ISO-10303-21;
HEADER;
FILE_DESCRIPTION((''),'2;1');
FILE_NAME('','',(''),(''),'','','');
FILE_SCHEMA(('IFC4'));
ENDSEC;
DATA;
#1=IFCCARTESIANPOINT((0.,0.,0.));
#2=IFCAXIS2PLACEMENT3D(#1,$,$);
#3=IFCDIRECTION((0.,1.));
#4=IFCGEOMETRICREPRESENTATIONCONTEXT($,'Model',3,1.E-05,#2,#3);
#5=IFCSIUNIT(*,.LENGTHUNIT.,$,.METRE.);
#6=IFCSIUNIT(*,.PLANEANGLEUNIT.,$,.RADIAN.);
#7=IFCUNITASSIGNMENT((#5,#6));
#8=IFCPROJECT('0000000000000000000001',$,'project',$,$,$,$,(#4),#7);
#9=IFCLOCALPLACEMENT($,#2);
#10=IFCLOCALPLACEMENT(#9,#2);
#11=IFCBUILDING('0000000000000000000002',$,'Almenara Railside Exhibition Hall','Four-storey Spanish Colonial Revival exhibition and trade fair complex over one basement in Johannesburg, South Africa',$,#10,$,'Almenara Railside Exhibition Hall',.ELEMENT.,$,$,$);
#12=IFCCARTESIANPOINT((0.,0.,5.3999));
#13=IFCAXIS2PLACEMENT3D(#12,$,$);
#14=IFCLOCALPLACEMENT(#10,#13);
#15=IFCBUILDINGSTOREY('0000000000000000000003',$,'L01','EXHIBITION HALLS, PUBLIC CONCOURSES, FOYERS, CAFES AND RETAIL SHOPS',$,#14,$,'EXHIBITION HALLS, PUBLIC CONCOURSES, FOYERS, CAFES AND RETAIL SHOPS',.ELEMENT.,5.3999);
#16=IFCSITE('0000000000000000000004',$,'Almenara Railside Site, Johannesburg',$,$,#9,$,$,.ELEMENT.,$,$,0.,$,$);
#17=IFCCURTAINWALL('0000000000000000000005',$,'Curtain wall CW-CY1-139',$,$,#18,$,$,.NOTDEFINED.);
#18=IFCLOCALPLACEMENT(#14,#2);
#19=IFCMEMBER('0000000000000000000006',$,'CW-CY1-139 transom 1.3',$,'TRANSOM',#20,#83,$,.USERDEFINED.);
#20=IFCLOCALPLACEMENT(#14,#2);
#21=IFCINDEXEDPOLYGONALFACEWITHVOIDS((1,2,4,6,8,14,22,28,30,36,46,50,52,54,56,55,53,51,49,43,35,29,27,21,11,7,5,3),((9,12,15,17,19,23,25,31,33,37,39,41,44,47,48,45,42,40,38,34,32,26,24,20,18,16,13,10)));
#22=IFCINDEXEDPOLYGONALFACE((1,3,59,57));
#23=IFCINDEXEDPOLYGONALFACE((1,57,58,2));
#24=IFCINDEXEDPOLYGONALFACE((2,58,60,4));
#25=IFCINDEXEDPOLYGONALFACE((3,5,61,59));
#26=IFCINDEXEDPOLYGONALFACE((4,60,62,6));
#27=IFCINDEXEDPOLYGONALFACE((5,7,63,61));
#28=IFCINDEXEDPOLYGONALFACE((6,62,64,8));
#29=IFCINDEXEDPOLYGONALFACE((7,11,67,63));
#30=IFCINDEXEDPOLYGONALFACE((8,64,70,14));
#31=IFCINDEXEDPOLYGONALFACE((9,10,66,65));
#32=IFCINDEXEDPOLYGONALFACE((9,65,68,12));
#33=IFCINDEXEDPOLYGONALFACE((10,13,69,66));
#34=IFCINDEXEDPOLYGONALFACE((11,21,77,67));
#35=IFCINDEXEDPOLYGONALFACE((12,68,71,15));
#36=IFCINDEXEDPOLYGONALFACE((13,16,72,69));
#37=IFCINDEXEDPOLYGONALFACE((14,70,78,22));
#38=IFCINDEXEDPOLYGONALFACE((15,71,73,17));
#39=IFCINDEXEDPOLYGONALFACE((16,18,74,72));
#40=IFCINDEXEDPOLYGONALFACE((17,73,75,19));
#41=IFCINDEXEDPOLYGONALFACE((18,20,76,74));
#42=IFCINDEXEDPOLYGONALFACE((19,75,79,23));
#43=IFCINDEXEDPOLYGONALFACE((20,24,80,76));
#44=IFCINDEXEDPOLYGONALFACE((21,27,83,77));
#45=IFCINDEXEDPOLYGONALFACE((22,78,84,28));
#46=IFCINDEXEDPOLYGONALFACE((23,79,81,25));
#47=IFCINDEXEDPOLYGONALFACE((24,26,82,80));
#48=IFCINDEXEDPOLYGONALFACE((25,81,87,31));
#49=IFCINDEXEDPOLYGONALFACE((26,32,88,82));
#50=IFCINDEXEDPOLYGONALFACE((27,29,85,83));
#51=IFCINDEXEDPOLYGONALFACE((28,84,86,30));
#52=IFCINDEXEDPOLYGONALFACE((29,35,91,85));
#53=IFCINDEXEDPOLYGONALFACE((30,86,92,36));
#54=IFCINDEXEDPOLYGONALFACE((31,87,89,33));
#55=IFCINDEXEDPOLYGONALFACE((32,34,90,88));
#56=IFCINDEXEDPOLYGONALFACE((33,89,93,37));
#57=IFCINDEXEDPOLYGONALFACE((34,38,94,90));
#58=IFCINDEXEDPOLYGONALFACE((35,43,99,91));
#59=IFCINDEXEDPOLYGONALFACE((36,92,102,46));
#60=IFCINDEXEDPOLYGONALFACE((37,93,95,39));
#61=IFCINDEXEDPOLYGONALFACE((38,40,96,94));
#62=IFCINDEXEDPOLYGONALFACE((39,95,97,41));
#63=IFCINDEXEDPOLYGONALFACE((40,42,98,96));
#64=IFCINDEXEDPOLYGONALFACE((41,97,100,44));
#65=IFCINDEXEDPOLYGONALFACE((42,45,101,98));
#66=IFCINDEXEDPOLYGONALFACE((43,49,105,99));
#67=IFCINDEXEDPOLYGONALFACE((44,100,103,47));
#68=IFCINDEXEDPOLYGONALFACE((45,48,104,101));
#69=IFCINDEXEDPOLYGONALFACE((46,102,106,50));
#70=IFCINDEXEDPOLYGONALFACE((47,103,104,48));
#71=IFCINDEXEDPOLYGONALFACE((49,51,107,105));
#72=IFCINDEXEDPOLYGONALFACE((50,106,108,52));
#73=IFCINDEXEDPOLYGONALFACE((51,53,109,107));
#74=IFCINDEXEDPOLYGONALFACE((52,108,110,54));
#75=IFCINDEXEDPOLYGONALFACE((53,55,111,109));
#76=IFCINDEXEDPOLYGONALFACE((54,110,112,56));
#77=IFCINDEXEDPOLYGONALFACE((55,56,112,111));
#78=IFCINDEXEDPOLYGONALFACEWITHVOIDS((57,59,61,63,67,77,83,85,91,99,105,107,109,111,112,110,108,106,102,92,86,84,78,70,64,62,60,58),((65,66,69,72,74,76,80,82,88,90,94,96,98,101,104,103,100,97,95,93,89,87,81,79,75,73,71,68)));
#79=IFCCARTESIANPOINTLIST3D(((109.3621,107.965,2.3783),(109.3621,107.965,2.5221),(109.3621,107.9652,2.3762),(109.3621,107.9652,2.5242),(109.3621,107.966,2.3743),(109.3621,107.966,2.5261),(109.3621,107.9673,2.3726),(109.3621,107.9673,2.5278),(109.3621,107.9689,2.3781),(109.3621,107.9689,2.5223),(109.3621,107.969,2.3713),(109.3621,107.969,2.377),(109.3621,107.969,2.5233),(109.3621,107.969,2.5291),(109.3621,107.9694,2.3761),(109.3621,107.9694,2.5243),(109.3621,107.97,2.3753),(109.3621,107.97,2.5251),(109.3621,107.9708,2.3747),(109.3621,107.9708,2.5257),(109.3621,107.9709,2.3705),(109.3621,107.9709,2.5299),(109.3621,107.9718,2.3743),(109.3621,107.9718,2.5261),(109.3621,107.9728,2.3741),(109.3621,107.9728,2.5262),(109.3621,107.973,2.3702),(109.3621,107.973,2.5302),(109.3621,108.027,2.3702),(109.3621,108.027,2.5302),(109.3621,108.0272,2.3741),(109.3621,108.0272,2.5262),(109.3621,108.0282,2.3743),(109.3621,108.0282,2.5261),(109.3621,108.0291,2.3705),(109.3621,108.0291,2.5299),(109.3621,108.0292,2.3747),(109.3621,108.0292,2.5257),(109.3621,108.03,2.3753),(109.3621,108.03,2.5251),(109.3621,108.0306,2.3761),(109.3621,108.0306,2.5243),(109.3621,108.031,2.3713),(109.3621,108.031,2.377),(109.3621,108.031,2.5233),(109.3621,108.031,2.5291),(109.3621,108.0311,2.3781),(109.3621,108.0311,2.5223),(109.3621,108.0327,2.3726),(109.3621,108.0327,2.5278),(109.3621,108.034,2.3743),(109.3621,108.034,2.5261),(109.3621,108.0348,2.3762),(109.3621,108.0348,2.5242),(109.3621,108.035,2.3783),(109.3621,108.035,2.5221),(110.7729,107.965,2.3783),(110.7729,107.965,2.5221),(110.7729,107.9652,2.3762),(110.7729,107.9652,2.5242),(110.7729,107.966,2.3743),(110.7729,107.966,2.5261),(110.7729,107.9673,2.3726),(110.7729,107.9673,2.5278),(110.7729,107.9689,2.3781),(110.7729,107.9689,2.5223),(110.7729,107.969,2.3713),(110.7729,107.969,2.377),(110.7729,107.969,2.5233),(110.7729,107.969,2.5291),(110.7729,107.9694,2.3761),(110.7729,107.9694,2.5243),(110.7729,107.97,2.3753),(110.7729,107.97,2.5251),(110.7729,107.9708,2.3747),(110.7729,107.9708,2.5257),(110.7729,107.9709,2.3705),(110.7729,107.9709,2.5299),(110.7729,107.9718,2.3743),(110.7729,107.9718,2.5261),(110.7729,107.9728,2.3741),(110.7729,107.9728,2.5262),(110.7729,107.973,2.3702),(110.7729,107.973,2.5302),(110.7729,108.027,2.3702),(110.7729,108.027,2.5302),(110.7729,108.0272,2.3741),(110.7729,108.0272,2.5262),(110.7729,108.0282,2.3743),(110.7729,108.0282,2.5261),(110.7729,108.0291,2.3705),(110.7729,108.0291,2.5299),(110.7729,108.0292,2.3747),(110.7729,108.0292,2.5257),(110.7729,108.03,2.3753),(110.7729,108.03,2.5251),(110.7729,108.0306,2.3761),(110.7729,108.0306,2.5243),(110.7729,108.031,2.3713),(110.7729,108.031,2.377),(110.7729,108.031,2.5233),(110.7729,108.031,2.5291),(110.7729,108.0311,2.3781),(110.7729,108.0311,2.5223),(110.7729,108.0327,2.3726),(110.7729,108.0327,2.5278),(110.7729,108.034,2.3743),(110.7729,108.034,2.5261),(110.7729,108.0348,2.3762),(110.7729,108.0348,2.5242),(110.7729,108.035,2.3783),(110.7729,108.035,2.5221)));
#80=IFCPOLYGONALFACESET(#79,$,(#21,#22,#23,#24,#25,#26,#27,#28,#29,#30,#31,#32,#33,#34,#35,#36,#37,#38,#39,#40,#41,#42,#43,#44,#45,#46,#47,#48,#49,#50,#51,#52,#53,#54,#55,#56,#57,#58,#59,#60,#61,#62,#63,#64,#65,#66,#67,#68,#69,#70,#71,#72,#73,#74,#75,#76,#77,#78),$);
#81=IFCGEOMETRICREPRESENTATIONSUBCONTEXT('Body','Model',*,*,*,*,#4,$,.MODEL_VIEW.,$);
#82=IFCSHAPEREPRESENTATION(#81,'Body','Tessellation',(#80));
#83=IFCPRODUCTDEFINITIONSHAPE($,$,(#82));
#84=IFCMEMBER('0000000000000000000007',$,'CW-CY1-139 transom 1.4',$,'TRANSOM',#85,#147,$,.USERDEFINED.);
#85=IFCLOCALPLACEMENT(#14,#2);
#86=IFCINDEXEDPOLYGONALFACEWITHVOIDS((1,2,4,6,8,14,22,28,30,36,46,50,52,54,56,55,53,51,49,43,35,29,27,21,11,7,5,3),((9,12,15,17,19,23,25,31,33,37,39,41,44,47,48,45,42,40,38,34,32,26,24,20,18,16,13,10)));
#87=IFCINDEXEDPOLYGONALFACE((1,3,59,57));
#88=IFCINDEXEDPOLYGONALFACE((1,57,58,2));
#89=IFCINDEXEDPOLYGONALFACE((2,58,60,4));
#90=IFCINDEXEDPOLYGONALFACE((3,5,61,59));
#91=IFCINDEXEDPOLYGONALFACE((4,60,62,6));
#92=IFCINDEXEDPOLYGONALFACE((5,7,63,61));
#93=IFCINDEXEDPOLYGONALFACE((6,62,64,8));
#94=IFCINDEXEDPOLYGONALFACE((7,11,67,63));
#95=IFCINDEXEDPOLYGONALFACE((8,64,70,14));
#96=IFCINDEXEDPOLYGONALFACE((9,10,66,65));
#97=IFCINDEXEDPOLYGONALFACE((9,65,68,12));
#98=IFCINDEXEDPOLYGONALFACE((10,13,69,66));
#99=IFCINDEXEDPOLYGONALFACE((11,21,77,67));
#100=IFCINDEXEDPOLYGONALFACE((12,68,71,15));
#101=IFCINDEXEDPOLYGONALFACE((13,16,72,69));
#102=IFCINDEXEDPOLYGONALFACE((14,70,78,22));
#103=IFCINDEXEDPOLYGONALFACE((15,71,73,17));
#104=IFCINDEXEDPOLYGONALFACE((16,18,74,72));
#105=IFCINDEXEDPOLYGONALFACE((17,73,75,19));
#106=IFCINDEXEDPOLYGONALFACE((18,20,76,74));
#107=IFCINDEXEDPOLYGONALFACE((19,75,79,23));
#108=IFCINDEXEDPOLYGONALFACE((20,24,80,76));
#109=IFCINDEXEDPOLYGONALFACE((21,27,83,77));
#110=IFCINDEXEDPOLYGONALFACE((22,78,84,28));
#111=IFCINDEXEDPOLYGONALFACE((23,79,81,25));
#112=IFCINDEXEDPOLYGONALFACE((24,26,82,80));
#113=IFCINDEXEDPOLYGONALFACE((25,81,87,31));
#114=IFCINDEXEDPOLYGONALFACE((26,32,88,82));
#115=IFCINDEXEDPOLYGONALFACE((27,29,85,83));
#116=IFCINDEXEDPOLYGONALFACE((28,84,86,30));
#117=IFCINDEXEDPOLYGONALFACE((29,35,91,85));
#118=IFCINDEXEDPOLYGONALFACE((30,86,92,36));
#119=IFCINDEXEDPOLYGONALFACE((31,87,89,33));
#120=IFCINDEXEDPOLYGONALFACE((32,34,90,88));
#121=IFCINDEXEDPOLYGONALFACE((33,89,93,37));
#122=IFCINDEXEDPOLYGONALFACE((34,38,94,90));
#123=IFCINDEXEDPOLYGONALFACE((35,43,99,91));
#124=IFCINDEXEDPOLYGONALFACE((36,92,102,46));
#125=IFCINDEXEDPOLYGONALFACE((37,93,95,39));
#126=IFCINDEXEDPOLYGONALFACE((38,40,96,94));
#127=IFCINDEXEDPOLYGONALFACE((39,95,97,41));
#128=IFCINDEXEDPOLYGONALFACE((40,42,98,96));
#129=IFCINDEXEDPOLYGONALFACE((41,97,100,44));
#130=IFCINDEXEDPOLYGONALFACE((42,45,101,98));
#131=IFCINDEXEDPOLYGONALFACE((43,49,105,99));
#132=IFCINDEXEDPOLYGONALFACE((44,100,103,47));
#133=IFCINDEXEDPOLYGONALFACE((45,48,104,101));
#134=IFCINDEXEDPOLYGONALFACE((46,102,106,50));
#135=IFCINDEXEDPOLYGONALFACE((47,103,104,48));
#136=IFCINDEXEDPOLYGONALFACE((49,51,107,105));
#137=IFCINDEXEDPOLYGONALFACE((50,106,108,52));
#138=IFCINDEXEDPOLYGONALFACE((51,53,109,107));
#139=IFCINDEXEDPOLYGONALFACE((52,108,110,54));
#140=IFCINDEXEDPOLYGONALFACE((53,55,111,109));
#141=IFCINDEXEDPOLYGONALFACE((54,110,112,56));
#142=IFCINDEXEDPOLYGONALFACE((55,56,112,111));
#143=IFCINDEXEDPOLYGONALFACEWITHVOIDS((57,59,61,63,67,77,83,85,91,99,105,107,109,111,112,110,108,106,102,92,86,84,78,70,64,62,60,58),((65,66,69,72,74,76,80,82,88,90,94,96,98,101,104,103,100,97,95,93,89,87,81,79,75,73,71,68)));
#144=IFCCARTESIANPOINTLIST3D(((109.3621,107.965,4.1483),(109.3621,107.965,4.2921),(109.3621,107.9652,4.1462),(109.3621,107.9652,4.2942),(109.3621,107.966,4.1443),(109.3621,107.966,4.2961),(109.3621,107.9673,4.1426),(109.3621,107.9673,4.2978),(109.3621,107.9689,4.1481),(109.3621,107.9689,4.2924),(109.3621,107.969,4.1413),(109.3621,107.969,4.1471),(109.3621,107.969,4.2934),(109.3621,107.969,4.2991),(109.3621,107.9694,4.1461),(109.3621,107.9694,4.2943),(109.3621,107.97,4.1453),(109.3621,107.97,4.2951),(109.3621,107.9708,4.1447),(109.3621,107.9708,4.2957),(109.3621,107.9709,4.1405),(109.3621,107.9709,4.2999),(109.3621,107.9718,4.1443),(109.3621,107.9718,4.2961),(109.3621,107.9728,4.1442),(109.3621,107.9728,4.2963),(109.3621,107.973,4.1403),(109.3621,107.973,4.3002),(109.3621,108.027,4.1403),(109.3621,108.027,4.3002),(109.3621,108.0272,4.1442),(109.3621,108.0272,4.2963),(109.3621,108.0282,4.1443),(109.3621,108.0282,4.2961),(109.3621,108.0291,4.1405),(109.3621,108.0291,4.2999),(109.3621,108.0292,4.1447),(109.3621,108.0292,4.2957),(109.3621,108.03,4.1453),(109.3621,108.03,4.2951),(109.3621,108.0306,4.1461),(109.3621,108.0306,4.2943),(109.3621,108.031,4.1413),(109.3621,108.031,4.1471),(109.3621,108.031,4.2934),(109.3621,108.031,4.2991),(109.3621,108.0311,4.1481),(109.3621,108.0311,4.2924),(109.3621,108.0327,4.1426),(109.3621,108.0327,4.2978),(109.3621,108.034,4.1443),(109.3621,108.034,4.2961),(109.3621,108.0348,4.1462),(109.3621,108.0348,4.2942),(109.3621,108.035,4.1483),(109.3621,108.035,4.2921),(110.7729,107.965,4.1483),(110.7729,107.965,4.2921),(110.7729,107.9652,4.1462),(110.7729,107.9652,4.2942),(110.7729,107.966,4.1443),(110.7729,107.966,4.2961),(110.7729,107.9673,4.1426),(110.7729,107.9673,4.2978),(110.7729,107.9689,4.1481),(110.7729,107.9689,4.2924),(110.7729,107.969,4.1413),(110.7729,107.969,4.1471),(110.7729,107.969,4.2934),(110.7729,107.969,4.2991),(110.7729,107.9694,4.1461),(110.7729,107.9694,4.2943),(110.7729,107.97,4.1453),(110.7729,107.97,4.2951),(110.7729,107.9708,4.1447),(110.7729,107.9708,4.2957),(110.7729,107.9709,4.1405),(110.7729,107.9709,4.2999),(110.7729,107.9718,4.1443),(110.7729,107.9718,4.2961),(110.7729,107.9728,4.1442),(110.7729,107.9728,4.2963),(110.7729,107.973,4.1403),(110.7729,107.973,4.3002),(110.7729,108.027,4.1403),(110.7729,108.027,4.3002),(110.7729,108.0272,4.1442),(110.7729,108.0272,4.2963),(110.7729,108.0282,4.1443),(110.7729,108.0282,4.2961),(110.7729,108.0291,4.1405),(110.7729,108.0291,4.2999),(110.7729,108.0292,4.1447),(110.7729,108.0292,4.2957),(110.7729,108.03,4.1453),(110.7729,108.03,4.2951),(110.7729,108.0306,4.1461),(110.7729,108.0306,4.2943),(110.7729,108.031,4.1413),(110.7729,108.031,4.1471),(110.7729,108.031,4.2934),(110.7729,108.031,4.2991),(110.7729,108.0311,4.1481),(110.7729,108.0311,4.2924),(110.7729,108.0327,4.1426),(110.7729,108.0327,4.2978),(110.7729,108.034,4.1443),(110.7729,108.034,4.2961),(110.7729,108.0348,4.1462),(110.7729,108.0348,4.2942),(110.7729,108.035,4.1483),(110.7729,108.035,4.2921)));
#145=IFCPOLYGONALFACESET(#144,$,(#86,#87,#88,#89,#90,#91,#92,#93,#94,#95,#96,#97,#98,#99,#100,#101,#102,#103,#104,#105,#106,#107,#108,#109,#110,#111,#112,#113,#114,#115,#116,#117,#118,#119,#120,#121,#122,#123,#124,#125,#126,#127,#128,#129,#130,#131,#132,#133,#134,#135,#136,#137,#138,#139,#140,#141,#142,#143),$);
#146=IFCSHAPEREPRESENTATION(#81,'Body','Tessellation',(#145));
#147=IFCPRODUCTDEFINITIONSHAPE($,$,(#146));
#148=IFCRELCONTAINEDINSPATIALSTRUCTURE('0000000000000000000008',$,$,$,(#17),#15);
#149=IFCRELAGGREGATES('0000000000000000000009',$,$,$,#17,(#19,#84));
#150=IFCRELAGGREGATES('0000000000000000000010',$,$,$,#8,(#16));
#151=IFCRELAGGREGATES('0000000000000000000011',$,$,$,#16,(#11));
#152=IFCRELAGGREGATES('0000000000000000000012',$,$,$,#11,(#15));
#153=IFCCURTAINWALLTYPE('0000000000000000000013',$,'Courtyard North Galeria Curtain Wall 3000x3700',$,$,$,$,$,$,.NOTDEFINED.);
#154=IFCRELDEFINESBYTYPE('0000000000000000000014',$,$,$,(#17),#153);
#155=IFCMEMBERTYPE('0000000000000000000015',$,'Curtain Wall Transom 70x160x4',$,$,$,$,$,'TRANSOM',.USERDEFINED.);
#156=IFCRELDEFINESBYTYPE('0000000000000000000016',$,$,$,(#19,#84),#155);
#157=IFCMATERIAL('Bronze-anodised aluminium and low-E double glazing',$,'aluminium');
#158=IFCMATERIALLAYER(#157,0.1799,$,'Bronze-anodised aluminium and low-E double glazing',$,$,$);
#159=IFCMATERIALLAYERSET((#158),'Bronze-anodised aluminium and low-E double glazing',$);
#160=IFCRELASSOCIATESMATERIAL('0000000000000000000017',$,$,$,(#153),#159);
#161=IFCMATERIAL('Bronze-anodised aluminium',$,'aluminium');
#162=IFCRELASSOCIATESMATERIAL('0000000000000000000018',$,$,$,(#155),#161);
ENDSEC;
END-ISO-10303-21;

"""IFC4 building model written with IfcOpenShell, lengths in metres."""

from ifc_helpers import new_model, si_unit, direction, frame, origin, origin_2d, place, context, subcontext, project, spatial, hollow_rectangle, extrude, material, layer, layer_set, material_profile, profile_set, type_object, element, aggregate, save


model = new_model("IFC4")

# Units and contexts
model_context = context("Model", 3, precision=1e-05, world=origin(), true_north=direction((0.0, 1.0)))
body_context = subcontext(model_context, "Body", "Model", "MODEL_VIEW")
ifc_project = project(units=[si_unit("LENGTHUNIT", "METRE"), si_unit("PLANEANGLEUNIT", "RADIAN")], contexts=[model_context])

# Site, building, storey
site_placement = place(None, origin())
site = spatial("IfcSite", under=ifc_project, at=site_placement, Name="Almenara Railside Site, Johannesburg", CompositionType="ELEMENT", RefElevation=0.0)
building_placement = place(site_placement, origin())
building = spatial("IfcBuilding", under=site, at=building_placement, Name="Almenara Railside Exhibition Hall", Description="Four-storey Spanish Colonial Revival exhibition and trade fair complex over one basement in Johannesburg, South Africa", LongName="Almenara Railside Exhibition Hall", CompositionType="ELEMENT")
storey_placement = place(building_placement, frame((0.0, 0.0, 5.3999)))
storey = spatial("IfcBuildingStorey", under=building, at=storey_placement, Name="L01", Description="EXHIBITION HALLS, PUBLIC CONCOURSES, FOYERS, CAFES AND RETAIL SHOPS", LongName="EXHIBITION HALLS, PUBLIC CONCOURSES, FOYERS, CAFES AND RETAIL SHOPS", CompositionType="ELEMENT", Elevation=5.3999)

# Shared definitions
ifc_material_1 = material(Name="Bronze-anodised aluminium and low-E double glazing", Category="aluminium")
ifc_layer_1 = layer(ifc_material_1, 0.1799, Name="Bronze-anodised aluminium and low-E double glazing")
ifc_layer_set_1 = layer_set([ifc_layer_1], Name="Bronze-anodised aluminium and low-E double glazing")
curtain_wall_type = type_object("IfcCurtainWallType", Name="Courtyard North Galeria Curtain Wall 3000x3700", PredefinedType="NOTDEFINED", material=ifc_layer_set_1)
ifc_material_2 = material(Name="Bronze-anodised aluminium", Category="aluminium")

# Curtain wall
curtain_wall_1_placement = place(storey_placement, origin())
curtain_wall_1 = element("IfcCurtainWall", 1, at=curtain_wall_1_placement, inside=storey, type_object=curtain_wall_type, Name="Curtain wall CW-CY1-139", PredefinedType="NOTDEFINED")

# Members
ifc_material_profile_1 = material_profile(ifc_material_2, hollow_rectangle(XDim=0.0701, YDim=0.1599, WallThickness=0.0039, InnerFilletRadius=0.0039, OuterFilletRadius=0.0081, at=origin_2d()), Name="ALU-TRN 70x160x4")
ifc_profile_set_1 = profile_set([ifc_material_profile_1], Name="Bronze-anodised aluminium")
member_type_1 = type_object("IfcMemberType", Name="Curtain Wall Transom 70x160x4", ElementType="TRANSOM", PredefinedType="USERDEFINED", material=ifc_profile_set_1)
member_1_placement = place(storey_placement, frame((109.3621, 108.0, 2.4502), z_axis=(1.0, 0.0, 0.0), x_axis=(0.0, 1.0, 0.0)))
member_1 = element("IfcMember", 2, at=member_1_placement, type_object=member_type_1, Name="CW-CY1-139 transom 1.3", ObjectType="TRANSOM", PredefinedType="USERDEFINED", context=body_context, shape_type="SweptSolid", body=[
    extrude(hollow_rectangle(XDim=0.0701, YDim=0.1599, WallThickness=0.0039, InnerFilletRadius=0.0039, OuterFilletRadius=0.0081, at=origin_2d()), origin(), (0.0, 0.0, 1.0), 1.4109),
])
member_2_placement = place(storey_placement, frame((109.3621, 108.0, 4.2202), z_axis=(1.0, 0.0, 0.0), x_axis=(0.0, 1.0, 0.0)))
member_2 = element("IfcMember", 3, at=member_2_placement, type_object=member_type_1, Name="CW-CY1-139 transom 1.4", ObjectType="TRANSOM", PredefinedType="USERDEFINED", context=body_context, shape_type="SweptSolid", body=[
    extrude(hollow_rectangle(XDim=0.0701, YDim=0.1599, WallThickness=0.0039, InnerFilletRadius=0.0039, OuterFilletRadius=0.0081, at=origin_2d()), origin(), (0.0, 0.0, 1.0), 1.4109),
])

aggregate(curtain_wall_1, [member_1, member_2])

save(model, "model.ifc")
